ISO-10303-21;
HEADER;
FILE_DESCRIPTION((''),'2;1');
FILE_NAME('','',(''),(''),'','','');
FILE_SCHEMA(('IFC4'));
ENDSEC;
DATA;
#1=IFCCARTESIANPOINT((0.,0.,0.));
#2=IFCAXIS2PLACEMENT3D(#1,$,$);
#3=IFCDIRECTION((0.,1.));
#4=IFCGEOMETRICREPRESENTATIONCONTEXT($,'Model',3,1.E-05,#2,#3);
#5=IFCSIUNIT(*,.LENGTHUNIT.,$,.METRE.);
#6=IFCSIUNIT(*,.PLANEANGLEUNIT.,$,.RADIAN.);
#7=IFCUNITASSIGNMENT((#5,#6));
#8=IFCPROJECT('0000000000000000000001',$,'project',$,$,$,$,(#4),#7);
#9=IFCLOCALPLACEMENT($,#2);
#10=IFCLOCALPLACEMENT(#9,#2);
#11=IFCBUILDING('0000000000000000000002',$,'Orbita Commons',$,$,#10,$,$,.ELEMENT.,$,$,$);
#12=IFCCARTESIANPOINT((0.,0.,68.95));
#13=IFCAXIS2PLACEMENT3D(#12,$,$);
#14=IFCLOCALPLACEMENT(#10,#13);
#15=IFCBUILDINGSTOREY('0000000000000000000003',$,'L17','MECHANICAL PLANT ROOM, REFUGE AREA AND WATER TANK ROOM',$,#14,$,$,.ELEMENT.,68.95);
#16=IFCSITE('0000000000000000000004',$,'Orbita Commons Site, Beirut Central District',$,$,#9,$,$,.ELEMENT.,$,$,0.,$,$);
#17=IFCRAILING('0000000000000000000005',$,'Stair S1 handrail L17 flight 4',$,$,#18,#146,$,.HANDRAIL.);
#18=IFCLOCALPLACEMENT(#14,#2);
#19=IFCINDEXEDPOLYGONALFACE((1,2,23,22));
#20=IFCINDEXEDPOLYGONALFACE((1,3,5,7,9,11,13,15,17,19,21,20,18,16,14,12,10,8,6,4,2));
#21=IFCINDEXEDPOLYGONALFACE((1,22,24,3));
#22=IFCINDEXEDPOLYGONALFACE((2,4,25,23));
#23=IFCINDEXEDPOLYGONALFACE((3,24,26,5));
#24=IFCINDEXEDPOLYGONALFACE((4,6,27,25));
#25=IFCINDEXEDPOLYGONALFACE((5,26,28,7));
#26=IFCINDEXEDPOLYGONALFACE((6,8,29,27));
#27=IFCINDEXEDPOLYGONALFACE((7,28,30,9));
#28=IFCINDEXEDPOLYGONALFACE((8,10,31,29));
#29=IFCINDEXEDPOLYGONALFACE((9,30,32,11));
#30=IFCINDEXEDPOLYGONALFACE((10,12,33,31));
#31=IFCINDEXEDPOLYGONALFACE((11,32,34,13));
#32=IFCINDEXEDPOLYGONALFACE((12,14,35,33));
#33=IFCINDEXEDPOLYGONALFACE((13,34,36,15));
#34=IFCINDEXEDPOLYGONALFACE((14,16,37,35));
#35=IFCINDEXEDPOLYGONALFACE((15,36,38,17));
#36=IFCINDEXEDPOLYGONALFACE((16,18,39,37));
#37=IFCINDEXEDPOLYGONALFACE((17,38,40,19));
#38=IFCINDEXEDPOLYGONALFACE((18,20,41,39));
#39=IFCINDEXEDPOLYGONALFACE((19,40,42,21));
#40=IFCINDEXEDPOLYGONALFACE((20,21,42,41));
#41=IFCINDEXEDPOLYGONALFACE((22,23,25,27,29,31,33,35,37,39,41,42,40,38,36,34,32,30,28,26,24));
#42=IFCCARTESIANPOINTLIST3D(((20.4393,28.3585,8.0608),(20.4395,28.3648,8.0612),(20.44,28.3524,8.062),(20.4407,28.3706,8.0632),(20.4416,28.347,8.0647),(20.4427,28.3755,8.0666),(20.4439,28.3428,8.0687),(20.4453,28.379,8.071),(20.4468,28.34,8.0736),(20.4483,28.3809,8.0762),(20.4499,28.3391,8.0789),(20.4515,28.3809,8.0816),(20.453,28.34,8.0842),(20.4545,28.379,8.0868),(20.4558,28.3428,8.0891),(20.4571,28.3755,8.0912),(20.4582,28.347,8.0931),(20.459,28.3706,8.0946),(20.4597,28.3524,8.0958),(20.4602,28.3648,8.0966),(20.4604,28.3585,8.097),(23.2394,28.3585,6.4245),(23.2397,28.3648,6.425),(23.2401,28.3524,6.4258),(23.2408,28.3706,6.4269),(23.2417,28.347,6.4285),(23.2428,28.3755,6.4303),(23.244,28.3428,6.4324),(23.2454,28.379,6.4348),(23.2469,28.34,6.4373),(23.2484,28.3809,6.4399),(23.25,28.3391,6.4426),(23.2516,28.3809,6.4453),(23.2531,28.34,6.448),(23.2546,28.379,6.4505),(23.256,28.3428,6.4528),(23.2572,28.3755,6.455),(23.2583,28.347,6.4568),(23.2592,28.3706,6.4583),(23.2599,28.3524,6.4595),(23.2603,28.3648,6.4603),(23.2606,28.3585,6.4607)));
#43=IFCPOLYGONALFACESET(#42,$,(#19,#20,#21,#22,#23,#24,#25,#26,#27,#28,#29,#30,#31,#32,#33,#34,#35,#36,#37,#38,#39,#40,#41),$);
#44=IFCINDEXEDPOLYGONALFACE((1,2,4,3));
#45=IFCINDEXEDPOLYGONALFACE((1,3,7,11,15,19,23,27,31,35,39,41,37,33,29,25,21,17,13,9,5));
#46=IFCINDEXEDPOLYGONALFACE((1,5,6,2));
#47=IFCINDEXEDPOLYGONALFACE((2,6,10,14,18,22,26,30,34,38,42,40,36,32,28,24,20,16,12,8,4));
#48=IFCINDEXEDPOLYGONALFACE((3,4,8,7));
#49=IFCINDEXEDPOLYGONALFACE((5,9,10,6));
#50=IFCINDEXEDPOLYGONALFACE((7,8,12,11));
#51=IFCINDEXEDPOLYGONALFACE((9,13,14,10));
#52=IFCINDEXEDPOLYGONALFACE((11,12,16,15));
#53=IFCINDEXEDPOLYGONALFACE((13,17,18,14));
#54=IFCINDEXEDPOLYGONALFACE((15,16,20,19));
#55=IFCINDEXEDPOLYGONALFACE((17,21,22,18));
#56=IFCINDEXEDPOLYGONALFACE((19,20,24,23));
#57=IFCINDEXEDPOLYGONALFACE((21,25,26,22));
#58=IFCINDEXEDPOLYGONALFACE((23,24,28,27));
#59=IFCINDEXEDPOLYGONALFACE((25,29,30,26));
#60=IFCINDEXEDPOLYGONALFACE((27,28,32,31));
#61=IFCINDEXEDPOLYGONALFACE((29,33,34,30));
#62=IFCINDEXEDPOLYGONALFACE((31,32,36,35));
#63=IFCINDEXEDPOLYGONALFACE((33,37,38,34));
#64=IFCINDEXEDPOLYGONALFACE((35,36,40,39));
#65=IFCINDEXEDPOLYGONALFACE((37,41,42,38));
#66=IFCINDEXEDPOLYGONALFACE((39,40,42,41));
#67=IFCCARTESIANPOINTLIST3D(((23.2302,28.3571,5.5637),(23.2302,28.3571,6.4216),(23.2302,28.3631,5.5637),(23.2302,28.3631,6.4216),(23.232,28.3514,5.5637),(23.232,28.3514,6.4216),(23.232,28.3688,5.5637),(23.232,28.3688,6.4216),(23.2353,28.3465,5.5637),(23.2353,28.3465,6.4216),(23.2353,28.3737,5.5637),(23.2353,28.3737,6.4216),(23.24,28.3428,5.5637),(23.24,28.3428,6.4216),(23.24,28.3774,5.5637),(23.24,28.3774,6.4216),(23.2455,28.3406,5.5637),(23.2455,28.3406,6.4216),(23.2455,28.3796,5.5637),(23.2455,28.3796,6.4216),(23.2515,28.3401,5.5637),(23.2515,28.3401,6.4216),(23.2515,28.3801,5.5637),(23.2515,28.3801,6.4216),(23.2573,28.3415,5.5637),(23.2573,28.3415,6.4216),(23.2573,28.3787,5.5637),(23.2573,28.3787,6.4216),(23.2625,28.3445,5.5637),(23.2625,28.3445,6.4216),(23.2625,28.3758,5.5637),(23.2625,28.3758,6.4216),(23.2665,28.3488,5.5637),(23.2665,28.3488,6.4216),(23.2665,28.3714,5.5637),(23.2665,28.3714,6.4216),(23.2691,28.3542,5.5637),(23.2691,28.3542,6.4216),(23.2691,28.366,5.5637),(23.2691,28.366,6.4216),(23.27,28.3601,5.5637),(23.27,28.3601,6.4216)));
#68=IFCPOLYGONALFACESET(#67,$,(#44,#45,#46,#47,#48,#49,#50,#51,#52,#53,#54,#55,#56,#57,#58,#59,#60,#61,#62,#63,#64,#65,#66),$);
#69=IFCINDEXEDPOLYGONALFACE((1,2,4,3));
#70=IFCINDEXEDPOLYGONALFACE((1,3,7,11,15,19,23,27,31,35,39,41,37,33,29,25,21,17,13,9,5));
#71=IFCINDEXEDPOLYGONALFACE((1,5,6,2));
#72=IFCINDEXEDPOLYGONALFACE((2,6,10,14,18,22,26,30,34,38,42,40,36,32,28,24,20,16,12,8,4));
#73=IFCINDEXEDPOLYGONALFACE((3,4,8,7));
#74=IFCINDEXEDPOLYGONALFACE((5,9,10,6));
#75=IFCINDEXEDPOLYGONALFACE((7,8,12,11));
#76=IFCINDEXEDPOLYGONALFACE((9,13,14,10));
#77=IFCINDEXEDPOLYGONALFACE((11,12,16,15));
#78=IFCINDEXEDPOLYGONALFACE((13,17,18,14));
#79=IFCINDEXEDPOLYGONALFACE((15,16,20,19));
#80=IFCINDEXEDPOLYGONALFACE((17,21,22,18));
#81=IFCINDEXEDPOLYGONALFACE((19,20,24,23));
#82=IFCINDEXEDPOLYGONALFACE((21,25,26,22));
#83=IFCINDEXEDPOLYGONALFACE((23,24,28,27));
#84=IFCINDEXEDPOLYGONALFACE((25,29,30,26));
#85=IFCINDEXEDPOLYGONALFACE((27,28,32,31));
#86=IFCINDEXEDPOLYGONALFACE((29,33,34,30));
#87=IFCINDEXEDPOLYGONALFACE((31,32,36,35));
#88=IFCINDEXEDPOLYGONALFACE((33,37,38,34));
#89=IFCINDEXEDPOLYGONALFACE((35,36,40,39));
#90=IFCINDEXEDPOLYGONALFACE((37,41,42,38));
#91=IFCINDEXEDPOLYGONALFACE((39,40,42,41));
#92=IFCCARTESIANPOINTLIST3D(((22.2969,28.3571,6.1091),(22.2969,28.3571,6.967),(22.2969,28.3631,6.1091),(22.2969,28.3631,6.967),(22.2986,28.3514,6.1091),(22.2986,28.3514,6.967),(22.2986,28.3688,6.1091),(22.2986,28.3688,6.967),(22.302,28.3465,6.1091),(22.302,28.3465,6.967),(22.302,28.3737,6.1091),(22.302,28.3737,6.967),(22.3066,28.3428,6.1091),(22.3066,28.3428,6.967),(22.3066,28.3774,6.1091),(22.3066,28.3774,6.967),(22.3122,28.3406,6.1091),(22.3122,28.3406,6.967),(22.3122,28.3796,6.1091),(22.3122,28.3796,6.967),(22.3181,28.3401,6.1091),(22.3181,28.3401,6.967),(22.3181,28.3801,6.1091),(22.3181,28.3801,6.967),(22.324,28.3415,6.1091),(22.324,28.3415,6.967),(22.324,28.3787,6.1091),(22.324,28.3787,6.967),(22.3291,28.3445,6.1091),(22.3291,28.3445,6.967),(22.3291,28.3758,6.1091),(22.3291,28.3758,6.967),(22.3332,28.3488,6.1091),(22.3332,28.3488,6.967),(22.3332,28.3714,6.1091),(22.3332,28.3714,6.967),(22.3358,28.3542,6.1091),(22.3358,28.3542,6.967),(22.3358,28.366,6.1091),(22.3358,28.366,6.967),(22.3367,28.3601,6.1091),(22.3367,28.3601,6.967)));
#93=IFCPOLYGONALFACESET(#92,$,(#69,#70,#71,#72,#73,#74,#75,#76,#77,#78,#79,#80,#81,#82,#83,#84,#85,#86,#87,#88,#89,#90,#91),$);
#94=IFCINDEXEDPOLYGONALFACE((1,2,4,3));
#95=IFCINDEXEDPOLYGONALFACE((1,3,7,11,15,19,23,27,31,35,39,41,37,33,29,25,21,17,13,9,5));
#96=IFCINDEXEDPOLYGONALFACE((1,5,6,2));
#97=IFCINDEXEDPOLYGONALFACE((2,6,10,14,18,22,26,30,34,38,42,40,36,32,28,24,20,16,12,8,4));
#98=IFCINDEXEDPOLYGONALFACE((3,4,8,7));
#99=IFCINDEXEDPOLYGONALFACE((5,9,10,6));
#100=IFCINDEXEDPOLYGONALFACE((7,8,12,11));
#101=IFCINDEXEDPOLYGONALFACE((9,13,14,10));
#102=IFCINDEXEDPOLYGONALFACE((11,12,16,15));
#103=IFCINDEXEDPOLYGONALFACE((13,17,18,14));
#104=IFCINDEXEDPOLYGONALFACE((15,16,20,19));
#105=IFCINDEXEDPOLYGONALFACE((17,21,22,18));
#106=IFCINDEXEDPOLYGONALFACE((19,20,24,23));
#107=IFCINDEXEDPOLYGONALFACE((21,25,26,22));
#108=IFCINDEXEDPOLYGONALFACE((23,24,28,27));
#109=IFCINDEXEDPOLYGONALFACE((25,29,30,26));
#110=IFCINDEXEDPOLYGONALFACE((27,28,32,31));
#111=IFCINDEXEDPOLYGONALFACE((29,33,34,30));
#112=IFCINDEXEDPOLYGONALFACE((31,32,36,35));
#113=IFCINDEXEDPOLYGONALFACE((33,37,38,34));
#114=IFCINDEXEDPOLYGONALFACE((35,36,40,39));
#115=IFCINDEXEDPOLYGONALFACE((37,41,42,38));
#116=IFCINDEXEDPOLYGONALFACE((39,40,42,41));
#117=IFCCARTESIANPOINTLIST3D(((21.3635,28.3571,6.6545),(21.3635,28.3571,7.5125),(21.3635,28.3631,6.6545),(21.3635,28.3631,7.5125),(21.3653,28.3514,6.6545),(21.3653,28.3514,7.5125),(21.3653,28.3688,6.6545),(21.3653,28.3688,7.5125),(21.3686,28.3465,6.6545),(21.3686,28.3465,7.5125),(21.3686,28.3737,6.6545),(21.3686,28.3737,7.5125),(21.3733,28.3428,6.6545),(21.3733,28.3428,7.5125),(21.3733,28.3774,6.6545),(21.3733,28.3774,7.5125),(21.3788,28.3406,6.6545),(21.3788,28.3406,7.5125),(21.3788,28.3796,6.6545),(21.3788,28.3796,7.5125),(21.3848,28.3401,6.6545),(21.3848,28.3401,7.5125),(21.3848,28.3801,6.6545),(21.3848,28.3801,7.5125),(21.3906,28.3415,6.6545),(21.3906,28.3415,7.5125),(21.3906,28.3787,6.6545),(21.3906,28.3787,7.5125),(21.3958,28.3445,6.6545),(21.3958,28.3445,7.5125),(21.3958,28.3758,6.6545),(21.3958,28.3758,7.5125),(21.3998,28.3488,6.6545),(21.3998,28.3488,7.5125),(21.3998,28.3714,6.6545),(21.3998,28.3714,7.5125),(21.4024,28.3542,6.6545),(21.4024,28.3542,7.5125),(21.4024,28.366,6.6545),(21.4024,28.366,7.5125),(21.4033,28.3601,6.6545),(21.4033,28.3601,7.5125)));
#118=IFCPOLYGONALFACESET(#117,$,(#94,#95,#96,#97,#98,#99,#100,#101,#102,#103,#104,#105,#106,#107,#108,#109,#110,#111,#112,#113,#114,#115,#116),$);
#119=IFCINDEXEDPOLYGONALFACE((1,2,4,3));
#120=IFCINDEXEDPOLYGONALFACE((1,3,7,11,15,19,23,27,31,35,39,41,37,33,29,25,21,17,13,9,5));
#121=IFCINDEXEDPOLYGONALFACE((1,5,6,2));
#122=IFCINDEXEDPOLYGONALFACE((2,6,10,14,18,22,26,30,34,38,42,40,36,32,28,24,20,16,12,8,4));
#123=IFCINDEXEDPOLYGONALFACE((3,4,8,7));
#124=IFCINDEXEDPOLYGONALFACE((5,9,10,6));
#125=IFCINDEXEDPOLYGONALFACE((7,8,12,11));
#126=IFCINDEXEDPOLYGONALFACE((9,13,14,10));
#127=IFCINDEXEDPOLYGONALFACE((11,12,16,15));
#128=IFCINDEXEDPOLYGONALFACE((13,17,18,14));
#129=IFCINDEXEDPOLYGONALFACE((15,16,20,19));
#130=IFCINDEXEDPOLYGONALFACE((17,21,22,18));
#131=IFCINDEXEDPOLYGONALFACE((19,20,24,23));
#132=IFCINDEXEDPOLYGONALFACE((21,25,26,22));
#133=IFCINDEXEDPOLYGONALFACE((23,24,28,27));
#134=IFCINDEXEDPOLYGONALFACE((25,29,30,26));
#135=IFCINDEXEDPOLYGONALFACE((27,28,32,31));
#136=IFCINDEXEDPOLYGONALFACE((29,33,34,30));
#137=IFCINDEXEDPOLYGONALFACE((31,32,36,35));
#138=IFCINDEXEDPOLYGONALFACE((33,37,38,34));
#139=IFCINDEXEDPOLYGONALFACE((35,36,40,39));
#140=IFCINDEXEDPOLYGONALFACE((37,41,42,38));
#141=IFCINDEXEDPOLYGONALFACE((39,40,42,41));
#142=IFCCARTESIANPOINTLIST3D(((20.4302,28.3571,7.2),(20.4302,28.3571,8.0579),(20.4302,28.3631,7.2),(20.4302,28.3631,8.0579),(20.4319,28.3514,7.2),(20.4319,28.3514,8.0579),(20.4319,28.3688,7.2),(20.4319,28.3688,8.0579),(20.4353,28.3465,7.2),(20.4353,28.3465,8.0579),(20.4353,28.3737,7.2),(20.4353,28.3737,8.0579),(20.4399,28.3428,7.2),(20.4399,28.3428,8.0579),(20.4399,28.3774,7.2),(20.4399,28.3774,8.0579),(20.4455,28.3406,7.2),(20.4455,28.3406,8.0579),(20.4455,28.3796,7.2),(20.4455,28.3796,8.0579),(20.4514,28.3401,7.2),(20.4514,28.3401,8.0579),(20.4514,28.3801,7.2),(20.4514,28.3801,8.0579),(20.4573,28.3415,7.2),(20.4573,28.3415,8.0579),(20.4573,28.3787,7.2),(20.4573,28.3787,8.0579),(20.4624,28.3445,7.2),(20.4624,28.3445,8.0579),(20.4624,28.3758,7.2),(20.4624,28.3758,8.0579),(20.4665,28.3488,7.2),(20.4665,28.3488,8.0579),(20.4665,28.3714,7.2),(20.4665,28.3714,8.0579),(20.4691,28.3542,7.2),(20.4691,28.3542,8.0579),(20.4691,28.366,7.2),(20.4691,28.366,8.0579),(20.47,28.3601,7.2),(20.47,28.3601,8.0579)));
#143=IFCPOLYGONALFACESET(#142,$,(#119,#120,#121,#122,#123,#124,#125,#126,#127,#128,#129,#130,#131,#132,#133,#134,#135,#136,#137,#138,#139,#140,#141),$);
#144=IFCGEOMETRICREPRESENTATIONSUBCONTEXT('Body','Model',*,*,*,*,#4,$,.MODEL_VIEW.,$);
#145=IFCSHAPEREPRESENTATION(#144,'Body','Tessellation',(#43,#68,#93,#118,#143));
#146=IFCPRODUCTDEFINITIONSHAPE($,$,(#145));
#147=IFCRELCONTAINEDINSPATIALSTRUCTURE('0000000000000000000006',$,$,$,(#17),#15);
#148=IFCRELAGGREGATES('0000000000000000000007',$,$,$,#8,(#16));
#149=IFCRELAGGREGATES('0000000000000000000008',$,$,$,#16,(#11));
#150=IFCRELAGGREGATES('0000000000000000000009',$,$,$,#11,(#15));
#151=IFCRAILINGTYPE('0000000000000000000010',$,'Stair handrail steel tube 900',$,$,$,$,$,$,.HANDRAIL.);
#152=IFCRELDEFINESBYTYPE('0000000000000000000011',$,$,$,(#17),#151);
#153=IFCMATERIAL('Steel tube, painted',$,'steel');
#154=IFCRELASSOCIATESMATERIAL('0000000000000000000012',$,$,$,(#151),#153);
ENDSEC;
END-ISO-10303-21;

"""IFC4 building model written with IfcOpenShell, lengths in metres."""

from ifc_helpers import new_model, si_unit, direction, frame, origin, origin_2d, place, context, subcontext, project, spatial, circle, extrude, material, type_object, element, save


model = new_model("IFC4")

# Units and contexts
model_context = context("Model", 3, precision=1e-05, world=origin(), true_north=direction((0.0, 1.0)))
body_context = subcontext(model_context, "Body", "Model", "MODEL_VIEW")
ifc_project = project(units=[si_unit("LENGTHUNIT", "METRE"), si_unit("PLANEANGLEUNIT", "RADIAN")], contexts=[model_context])

# Site, building, storey
site_placement = place(None, origin())
site = spatial("IfcSite", under=ifc_project, at=site_placement, Name="Orbita Commons Site, Beirut Central District", CompositionType="ELEMENT", RefElevation=0.0)
building_placement = place(site_placement, origin())
building = spatial("IfcBuilding", under=site, at=building_placement, Name="Orbita Commons", CompositionType="ELEMENT")
storey_placement = place(building_placement, frame((0.0, 0.0, 68.95)))
storey = spatial("IfcBuildingStorey", under=building, at=storey_placement, Name="L17", Description="MECHANICAL PLANT ROOM, REFUGE AREA AND WATER TANK ROOM", CompositionType="ELEMENT", Elevation=68.95)

# Railing
ifc_material_1 = material(Name="Steel tube, painted", Category="steel")
railing_type = type_object("IfcRailingType", Name="Stair handrail steel tube 900", PredefinedType="HANDRAIL", material=ifc_material_1)
for number, where, name in (
    (1, (23.25, 28.3601, 5.5637), "Stair S1 handrail L17 flight 4"),
):
    element("IfcRailing", number, at=place(storey_placement, frame(where)), inside=storey, type_object=railing_type, Name=name, PredefinedType="HANDRAIL", context=body_context, shape_type="SweptSolid", body=[
        extrude(circle(Radius=0.021, at=origin_2d()), frame((0.0, 0.0, 0.8789), z_axis=(-0.863394, 0.0, 0.504531), x_axis=(0.0, -1.0, 0.0)), (0.0, 0.0, 1.0), 3.2432),
        extrude(circle(Radius=0.02, at=origin_2d()), origin(), (0.0, 0.0, 1.0), 0.8579),
        extrude(circle(Radius=0.02, at=origin_2d()), frame((-0.9333, 0.0, 0.5454)), (0.0, 0.0, 1.0), 0.8579),
        extrude(circle(Radius=0.02, at=origin_2d()), frame((-1.8667, 0.0, 1.0908)), (0.0, 0.0, 1.0), 0.8579),
        extrude(circle(Radius=0.02, at=origin_2d()), frame((-2.8, 0.0, 1.6362)), (0.0, 0.0, 1.0), 0.8579),
    ])

save(model, "model.ifc")
